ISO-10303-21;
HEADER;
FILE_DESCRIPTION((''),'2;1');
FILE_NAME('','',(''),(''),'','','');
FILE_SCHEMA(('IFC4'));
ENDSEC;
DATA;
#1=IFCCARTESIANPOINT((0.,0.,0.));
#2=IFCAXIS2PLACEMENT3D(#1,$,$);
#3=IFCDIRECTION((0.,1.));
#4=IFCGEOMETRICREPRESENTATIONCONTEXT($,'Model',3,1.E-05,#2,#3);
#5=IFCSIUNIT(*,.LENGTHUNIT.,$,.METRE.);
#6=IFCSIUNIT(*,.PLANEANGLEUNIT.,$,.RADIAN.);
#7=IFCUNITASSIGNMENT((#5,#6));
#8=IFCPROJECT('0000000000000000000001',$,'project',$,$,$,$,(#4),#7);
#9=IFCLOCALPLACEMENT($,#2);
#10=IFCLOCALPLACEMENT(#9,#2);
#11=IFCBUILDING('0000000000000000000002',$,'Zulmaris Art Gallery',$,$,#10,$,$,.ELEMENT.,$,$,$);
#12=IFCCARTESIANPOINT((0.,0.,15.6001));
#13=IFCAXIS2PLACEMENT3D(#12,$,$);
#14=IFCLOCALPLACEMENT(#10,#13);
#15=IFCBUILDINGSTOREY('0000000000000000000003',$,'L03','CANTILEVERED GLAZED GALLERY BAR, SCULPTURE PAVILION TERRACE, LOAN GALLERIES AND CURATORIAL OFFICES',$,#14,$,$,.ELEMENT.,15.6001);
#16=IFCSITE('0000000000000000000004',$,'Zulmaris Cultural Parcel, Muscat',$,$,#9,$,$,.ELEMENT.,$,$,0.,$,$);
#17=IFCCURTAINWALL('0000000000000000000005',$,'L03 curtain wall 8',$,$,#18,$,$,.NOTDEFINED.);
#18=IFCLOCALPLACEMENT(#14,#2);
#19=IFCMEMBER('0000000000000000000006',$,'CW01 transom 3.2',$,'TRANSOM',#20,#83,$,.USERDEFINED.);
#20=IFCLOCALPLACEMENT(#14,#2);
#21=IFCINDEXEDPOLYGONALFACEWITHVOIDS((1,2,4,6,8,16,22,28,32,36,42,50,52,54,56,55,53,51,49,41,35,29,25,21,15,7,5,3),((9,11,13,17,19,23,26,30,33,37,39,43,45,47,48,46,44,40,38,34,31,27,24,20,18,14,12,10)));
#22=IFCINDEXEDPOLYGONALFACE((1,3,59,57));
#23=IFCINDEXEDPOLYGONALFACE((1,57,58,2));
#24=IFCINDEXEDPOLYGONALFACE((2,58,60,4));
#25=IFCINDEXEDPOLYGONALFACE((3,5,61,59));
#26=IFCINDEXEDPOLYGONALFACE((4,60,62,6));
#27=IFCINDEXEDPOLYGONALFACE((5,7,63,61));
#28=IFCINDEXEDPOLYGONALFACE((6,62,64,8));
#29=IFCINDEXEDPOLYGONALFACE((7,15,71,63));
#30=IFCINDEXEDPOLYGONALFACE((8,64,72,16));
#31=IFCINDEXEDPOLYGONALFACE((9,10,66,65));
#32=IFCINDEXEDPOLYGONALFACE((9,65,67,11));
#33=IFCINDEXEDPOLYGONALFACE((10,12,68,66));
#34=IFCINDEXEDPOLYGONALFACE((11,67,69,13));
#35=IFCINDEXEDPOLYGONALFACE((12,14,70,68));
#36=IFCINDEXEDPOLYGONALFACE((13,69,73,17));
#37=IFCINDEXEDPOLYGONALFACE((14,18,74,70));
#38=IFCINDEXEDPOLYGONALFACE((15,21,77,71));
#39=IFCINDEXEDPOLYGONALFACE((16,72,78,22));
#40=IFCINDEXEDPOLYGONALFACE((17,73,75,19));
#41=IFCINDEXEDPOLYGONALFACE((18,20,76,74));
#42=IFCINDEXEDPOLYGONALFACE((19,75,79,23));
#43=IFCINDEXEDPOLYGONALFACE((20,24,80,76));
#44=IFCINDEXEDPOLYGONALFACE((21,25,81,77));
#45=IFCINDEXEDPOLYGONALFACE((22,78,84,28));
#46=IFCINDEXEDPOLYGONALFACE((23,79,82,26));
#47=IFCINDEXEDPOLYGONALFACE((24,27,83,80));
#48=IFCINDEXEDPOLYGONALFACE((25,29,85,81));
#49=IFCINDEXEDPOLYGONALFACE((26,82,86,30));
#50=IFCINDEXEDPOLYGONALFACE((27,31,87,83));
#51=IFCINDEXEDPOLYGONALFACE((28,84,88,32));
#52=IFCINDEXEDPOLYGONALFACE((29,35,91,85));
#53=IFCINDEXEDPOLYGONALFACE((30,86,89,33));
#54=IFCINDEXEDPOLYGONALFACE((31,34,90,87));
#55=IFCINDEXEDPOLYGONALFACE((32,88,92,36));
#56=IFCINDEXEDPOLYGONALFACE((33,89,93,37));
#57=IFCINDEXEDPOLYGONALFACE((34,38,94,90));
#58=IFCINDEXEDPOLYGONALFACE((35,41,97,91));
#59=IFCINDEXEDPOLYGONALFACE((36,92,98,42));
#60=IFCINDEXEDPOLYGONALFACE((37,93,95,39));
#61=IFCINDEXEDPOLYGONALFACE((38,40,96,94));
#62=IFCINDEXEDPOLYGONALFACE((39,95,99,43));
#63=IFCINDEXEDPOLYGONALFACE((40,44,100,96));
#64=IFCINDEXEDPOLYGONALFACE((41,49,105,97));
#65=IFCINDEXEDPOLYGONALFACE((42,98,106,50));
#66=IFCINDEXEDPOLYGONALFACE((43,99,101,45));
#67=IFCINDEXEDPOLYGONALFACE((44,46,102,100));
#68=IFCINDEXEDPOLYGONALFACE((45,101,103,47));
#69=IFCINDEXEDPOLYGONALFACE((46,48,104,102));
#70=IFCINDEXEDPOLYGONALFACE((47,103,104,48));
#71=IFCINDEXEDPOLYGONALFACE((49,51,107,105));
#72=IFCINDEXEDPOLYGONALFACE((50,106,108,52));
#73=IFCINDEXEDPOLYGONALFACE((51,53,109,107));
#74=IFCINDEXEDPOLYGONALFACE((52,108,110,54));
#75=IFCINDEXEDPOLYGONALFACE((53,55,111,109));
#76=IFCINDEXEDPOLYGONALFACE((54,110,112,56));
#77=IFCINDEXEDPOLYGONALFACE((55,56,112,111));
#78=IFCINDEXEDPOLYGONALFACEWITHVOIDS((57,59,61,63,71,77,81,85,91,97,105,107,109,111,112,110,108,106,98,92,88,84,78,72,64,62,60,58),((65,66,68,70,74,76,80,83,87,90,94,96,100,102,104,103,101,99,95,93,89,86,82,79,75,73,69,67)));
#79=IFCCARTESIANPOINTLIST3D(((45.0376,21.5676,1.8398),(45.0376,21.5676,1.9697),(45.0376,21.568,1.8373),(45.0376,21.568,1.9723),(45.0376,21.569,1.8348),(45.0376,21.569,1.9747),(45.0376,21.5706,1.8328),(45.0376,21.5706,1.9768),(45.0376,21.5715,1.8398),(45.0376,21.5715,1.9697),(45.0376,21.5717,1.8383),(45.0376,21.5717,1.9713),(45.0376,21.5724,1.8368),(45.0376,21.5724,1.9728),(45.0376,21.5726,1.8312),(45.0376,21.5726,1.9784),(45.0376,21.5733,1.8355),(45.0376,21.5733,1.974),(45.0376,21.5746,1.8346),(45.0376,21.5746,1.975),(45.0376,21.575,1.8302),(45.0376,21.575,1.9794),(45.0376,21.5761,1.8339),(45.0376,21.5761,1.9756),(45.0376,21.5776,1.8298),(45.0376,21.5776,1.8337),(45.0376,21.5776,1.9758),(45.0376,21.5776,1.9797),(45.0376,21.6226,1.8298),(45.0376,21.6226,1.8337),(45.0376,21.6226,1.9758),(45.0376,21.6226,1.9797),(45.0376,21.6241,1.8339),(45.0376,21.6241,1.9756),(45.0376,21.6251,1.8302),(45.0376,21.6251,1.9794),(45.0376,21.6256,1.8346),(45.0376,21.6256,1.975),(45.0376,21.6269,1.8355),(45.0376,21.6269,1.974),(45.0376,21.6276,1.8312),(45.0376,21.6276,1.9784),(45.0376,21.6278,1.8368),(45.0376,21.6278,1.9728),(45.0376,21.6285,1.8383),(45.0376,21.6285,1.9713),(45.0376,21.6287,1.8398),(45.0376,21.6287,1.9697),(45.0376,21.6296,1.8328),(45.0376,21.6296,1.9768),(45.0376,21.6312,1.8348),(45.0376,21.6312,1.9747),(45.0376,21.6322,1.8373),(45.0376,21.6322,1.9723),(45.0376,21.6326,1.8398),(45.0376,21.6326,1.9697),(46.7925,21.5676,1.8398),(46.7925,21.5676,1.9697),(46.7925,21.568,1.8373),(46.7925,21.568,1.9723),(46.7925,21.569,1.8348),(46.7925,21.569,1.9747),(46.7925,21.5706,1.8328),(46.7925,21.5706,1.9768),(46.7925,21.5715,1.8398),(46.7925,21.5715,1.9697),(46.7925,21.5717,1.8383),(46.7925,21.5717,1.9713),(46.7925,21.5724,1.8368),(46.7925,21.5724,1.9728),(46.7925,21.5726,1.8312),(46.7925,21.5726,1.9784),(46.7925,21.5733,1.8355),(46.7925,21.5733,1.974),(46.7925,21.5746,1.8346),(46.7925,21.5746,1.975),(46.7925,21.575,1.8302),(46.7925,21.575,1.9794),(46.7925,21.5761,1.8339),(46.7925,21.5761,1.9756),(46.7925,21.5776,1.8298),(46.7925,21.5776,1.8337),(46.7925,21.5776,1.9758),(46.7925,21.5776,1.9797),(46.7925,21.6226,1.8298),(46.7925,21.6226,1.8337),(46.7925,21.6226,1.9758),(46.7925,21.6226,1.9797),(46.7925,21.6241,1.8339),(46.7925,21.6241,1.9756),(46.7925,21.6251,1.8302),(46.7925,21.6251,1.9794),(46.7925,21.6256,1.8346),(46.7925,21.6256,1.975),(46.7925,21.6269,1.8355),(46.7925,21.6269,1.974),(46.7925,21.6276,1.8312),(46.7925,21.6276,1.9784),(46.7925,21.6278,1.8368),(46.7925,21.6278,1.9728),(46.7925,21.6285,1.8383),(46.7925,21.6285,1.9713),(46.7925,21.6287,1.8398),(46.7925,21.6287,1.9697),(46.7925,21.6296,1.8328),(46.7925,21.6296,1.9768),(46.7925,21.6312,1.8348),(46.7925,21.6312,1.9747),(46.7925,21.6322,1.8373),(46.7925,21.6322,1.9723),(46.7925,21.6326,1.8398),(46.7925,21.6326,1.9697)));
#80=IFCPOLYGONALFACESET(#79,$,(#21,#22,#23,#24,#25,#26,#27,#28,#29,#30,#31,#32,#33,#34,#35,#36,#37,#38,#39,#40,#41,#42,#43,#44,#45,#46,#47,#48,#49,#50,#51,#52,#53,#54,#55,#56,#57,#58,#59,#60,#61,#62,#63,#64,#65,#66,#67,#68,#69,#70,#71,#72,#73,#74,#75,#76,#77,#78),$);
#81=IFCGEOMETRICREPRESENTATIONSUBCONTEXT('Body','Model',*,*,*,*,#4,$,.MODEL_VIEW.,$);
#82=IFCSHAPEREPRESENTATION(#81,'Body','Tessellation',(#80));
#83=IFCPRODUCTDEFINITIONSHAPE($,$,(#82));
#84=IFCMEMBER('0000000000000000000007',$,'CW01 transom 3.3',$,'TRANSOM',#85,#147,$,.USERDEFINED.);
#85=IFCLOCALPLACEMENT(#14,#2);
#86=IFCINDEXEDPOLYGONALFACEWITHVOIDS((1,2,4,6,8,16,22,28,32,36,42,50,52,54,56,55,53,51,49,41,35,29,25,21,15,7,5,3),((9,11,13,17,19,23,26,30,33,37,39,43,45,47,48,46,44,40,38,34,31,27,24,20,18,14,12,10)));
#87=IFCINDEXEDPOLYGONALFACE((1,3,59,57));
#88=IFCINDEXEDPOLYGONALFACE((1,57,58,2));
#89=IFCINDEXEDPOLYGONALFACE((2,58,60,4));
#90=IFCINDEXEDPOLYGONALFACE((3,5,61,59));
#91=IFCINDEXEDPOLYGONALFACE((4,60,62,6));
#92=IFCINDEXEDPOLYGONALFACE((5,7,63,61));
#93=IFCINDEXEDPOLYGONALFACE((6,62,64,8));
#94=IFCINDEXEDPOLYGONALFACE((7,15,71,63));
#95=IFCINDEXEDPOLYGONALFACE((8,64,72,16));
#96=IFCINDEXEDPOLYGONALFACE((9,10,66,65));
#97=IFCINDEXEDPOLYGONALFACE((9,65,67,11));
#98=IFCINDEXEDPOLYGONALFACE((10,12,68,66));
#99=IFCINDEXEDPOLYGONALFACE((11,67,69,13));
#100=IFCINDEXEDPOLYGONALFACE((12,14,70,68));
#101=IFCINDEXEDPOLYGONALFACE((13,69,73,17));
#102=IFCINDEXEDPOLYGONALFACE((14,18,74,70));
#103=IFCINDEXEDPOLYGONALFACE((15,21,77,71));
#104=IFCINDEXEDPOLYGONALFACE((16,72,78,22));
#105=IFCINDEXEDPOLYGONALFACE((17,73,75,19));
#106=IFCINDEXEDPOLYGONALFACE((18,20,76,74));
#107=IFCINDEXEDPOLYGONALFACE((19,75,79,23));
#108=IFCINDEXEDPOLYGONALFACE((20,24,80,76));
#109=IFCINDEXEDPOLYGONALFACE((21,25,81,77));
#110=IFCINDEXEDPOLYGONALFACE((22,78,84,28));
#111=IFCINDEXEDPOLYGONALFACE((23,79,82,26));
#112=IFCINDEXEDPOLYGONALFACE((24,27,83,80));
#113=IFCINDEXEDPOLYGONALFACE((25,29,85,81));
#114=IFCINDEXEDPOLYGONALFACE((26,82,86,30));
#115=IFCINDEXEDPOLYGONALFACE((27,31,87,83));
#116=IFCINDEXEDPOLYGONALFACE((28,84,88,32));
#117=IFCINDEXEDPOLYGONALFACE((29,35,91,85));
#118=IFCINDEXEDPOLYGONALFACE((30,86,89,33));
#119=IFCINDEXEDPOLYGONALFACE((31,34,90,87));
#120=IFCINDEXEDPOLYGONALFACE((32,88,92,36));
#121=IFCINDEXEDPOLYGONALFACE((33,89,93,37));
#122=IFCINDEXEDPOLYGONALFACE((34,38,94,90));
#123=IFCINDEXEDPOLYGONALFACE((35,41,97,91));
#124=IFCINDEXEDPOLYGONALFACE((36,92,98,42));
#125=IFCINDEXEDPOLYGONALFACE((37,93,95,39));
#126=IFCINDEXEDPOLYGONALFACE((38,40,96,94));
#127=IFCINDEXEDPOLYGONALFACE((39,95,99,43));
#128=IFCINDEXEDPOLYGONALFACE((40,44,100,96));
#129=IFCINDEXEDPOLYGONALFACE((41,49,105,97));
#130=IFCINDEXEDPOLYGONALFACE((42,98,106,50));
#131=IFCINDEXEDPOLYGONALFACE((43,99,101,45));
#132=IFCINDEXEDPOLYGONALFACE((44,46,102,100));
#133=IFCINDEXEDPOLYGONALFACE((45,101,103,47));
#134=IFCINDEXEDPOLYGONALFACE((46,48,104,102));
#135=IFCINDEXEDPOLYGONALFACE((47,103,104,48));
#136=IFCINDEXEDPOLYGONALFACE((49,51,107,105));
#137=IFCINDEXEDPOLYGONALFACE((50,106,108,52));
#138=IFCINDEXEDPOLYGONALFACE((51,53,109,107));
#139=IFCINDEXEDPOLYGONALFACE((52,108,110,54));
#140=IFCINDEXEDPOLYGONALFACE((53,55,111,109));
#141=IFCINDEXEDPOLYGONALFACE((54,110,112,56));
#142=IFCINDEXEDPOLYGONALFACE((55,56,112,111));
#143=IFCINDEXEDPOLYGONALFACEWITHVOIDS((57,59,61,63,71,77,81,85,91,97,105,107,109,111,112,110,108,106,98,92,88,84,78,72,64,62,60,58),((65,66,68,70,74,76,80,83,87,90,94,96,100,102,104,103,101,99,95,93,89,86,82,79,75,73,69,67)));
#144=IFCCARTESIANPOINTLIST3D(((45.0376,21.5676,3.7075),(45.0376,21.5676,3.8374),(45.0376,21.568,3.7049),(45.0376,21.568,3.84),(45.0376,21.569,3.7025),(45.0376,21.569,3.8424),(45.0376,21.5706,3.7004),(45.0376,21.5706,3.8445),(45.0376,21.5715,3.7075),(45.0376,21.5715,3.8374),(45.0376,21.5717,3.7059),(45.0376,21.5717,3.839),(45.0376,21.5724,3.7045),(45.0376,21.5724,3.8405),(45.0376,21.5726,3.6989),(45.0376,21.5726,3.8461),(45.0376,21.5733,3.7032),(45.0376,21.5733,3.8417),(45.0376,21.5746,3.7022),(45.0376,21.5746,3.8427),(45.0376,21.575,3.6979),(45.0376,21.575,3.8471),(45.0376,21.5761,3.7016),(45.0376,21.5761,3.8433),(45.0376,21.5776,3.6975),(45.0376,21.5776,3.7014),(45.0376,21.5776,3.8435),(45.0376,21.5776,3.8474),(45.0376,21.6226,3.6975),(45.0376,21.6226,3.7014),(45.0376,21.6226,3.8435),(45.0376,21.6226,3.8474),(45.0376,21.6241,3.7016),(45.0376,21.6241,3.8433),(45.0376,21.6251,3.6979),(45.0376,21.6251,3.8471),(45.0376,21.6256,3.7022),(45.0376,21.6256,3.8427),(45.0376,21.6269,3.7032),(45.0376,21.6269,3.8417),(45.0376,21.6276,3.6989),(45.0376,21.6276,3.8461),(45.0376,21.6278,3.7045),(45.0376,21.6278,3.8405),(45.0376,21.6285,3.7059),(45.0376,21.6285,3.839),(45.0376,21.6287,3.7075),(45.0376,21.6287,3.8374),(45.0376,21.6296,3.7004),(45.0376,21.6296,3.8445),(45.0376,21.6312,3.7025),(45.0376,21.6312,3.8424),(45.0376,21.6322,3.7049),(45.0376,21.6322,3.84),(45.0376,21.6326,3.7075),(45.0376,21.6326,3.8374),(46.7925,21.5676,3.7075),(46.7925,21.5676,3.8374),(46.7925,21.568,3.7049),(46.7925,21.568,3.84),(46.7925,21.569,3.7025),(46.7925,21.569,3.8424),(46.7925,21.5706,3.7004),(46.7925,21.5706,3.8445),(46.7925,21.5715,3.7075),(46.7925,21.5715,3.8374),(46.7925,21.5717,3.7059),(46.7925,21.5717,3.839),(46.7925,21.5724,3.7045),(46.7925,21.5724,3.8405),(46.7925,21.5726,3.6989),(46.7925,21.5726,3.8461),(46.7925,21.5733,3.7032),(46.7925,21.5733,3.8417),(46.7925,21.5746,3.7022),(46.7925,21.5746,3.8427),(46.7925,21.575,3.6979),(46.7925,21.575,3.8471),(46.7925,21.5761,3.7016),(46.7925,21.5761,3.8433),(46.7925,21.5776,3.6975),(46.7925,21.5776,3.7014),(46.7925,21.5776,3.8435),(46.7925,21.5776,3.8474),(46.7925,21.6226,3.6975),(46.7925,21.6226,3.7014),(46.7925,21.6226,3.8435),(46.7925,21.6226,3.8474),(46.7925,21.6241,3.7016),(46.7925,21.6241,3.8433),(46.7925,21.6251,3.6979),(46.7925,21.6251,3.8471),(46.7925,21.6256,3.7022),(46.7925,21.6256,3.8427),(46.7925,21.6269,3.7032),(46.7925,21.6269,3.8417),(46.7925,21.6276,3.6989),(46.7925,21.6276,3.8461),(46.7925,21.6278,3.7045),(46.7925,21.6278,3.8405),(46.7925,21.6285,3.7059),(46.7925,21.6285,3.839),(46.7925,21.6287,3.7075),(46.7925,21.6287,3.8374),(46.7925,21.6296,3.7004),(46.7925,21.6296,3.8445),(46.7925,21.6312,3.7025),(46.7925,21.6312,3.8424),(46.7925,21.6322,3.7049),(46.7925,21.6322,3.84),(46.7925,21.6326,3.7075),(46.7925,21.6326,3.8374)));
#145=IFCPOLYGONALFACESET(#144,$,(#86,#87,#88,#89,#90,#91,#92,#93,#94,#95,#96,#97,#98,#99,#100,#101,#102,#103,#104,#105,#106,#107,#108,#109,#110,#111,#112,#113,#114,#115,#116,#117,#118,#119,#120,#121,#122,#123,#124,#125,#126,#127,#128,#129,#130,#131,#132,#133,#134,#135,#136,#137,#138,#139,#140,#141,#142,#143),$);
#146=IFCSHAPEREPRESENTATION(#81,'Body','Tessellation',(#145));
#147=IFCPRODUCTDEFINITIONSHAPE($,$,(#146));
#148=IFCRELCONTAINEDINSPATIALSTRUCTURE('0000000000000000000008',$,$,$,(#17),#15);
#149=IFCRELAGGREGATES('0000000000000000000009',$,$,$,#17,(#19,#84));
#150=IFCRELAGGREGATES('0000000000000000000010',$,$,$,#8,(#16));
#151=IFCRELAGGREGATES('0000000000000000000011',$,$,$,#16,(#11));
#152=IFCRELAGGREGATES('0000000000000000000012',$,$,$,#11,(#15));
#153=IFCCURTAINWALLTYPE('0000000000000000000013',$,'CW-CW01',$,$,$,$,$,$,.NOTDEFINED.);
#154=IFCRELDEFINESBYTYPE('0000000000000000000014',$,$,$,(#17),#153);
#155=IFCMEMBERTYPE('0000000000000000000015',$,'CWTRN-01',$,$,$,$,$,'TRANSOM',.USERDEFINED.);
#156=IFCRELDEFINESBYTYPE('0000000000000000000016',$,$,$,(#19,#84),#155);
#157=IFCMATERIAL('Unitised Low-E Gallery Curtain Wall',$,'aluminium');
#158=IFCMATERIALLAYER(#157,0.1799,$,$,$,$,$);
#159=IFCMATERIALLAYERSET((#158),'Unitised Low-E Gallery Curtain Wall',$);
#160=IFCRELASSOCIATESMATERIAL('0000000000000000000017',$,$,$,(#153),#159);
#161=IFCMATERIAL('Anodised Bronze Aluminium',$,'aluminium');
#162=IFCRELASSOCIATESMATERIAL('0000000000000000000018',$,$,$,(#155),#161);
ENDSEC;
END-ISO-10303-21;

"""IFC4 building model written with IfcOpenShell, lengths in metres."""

from ifc_helpers import new_model, si_unit, direction, frame, origin, origin_2d, place, context, subcontext, project, spatial, hollow_rectangle, extrude, material, layer, layer_set, material_profile, profile_set, type_object, element, aggregate, save


model = new_model("IFC4")

# Units and contexts
model_context = context("Model", 3, precision=1e-05, world=origin(), true_north=direction((0.0, 1.0)))
body_context = subcontext(model_context, "Body", "Model", "MODEL_VIEW")
ifc_project = project(units=[si_unit("LENGTHUNIT", "METRE"), si_unit("PLANEANGLEUNIT", "RADIAN")], contexts=[model_context])

# Site, building, storey
site_placement = place(None, origin())
site = spatial("IfcSite", under=ifc_project, at=site_placement, Name="Zulmaris Cultural Parcel, Muscat", CompositionType="ELEMENT", RefElevation=0.0)
building_placement = place(site_placement, origin())
building = spatial("IfcBuilding", under=site, at=building_placement, Name="Zulmaris Art Gallery", CompositionType="ELEMENT")
storey_placement = place(building_placement, frame((0.0, 0.0, 15.6001)))
storey = spatial("IfcBuildingStorey", under=building, at=storey_placement, Name="L03", Description="CANTILEVERED GLAZED GALLERY BAR, SCULPTURE PAVILION TERRACE, LOAN GALLERIES AND CURATORIAL OFFICES", CompositionType="ELEMENT", Elevation=15.6001)

# Curtain wall
ifc_material_1 = material(Name="Unitised Low-E Gallery Curtain Wall", Category="aluminium")
ifc_layer_1 = layer(ifc_material_1, 0.1799)
ifc_layer_set_1 = layer_set([ifc_layer_1], Name="Unitised Low-E Gallery Curtain Wall")
curtain_wall_type_1 = type_object("IfcCurtainWallType", Name="CW-CW01", PredefinedType="NOTDEFINED", material=ifc_layer_set_1)
curtain_wall_1_placement = place(storey_placement, origin())
curtain_wall_1 = element("IfcCurtainWall", 1, at=curtain_wall_1_placement, inside=storey, type_object=curtain_wall_type_1, Name="L03 curtain wall 8", PredefinedType="NOTDEFINED")
ifc_material_2 = material(Name="Anodised Bronze Aluminium", Category="aluminium")

# Members
ifc_material_profile_1 = material_profile(ifc_material_2, hollow_rectangle(XDim=0.0649, YDim=0.1499, WallThickness=0.0039, InnerFilletRadius=0.0061, OuterFilletRadius=0.01, at=origin_2d()), Name="ALU 65x150x4")
ifc_profile_set_1 = profile_set([ifc_material_profile_1], Name="Anodised Bronze Aluminium")
member_type_1 = type_object("IfcMemberType", Name="CWTRN-01", ElementType="TRANSOM", PredefinedType="USERDEFINED", material=ifc_profile_set_1)
member_1_placement = place(storey_placement, frame((45.0376, 21.6001, 1.9048), z_axis=(1.0, 0.0, 0.0), x_axis=(0.0, 1.0, 0.0)))
member_1 = element("IfcMember", 2, at=member_1_placement, type_object=member_type_1, Name="CW01 transom 3.2", ObjectType="TRANSOM", PredefinedType="USERDEFINED", context=body_context, shape_type="SweptSolid", body=[
    extrude(hollow_rectangle(XDim=0.0649, YDim=0.1499, WallThickness=0.0039, InnerFilletRadius=0.0061, OuterFilletRadius=0.01, at=origin_2d()), origin(), (0.0, 0.0, 1.0), 1.7549),
])
member_2_placement = place(storey_placement, frame((45.0376, 21.6001, 3.7725), z_axis=(1.0, 0.0, 0.0), x_axis=(0.0, 1.0, 0.0)))
member_2 = element("IfcMember", 3, at=member_2_placement, type_object=member_type_1, Name="CW01 transom 3.3", ObjectType="TRANSOM", PredefinedType="USERDEFINED", context=body_context, shape_type="SweptSolid", body=[
    extrude(hollow_rectangle(XDim=0.0649, YDim=0.1499, WallThickness=0.0039, InnerFilletRadius=0.0061, OuterFilletRadius=0.01, at=origin_2d()), origin(), (0.0, 0.0, 1.0), 1.7549),
])

aggregate(curtain_wall_1, [member_1, member_2])

save(model, "model.ifc")
